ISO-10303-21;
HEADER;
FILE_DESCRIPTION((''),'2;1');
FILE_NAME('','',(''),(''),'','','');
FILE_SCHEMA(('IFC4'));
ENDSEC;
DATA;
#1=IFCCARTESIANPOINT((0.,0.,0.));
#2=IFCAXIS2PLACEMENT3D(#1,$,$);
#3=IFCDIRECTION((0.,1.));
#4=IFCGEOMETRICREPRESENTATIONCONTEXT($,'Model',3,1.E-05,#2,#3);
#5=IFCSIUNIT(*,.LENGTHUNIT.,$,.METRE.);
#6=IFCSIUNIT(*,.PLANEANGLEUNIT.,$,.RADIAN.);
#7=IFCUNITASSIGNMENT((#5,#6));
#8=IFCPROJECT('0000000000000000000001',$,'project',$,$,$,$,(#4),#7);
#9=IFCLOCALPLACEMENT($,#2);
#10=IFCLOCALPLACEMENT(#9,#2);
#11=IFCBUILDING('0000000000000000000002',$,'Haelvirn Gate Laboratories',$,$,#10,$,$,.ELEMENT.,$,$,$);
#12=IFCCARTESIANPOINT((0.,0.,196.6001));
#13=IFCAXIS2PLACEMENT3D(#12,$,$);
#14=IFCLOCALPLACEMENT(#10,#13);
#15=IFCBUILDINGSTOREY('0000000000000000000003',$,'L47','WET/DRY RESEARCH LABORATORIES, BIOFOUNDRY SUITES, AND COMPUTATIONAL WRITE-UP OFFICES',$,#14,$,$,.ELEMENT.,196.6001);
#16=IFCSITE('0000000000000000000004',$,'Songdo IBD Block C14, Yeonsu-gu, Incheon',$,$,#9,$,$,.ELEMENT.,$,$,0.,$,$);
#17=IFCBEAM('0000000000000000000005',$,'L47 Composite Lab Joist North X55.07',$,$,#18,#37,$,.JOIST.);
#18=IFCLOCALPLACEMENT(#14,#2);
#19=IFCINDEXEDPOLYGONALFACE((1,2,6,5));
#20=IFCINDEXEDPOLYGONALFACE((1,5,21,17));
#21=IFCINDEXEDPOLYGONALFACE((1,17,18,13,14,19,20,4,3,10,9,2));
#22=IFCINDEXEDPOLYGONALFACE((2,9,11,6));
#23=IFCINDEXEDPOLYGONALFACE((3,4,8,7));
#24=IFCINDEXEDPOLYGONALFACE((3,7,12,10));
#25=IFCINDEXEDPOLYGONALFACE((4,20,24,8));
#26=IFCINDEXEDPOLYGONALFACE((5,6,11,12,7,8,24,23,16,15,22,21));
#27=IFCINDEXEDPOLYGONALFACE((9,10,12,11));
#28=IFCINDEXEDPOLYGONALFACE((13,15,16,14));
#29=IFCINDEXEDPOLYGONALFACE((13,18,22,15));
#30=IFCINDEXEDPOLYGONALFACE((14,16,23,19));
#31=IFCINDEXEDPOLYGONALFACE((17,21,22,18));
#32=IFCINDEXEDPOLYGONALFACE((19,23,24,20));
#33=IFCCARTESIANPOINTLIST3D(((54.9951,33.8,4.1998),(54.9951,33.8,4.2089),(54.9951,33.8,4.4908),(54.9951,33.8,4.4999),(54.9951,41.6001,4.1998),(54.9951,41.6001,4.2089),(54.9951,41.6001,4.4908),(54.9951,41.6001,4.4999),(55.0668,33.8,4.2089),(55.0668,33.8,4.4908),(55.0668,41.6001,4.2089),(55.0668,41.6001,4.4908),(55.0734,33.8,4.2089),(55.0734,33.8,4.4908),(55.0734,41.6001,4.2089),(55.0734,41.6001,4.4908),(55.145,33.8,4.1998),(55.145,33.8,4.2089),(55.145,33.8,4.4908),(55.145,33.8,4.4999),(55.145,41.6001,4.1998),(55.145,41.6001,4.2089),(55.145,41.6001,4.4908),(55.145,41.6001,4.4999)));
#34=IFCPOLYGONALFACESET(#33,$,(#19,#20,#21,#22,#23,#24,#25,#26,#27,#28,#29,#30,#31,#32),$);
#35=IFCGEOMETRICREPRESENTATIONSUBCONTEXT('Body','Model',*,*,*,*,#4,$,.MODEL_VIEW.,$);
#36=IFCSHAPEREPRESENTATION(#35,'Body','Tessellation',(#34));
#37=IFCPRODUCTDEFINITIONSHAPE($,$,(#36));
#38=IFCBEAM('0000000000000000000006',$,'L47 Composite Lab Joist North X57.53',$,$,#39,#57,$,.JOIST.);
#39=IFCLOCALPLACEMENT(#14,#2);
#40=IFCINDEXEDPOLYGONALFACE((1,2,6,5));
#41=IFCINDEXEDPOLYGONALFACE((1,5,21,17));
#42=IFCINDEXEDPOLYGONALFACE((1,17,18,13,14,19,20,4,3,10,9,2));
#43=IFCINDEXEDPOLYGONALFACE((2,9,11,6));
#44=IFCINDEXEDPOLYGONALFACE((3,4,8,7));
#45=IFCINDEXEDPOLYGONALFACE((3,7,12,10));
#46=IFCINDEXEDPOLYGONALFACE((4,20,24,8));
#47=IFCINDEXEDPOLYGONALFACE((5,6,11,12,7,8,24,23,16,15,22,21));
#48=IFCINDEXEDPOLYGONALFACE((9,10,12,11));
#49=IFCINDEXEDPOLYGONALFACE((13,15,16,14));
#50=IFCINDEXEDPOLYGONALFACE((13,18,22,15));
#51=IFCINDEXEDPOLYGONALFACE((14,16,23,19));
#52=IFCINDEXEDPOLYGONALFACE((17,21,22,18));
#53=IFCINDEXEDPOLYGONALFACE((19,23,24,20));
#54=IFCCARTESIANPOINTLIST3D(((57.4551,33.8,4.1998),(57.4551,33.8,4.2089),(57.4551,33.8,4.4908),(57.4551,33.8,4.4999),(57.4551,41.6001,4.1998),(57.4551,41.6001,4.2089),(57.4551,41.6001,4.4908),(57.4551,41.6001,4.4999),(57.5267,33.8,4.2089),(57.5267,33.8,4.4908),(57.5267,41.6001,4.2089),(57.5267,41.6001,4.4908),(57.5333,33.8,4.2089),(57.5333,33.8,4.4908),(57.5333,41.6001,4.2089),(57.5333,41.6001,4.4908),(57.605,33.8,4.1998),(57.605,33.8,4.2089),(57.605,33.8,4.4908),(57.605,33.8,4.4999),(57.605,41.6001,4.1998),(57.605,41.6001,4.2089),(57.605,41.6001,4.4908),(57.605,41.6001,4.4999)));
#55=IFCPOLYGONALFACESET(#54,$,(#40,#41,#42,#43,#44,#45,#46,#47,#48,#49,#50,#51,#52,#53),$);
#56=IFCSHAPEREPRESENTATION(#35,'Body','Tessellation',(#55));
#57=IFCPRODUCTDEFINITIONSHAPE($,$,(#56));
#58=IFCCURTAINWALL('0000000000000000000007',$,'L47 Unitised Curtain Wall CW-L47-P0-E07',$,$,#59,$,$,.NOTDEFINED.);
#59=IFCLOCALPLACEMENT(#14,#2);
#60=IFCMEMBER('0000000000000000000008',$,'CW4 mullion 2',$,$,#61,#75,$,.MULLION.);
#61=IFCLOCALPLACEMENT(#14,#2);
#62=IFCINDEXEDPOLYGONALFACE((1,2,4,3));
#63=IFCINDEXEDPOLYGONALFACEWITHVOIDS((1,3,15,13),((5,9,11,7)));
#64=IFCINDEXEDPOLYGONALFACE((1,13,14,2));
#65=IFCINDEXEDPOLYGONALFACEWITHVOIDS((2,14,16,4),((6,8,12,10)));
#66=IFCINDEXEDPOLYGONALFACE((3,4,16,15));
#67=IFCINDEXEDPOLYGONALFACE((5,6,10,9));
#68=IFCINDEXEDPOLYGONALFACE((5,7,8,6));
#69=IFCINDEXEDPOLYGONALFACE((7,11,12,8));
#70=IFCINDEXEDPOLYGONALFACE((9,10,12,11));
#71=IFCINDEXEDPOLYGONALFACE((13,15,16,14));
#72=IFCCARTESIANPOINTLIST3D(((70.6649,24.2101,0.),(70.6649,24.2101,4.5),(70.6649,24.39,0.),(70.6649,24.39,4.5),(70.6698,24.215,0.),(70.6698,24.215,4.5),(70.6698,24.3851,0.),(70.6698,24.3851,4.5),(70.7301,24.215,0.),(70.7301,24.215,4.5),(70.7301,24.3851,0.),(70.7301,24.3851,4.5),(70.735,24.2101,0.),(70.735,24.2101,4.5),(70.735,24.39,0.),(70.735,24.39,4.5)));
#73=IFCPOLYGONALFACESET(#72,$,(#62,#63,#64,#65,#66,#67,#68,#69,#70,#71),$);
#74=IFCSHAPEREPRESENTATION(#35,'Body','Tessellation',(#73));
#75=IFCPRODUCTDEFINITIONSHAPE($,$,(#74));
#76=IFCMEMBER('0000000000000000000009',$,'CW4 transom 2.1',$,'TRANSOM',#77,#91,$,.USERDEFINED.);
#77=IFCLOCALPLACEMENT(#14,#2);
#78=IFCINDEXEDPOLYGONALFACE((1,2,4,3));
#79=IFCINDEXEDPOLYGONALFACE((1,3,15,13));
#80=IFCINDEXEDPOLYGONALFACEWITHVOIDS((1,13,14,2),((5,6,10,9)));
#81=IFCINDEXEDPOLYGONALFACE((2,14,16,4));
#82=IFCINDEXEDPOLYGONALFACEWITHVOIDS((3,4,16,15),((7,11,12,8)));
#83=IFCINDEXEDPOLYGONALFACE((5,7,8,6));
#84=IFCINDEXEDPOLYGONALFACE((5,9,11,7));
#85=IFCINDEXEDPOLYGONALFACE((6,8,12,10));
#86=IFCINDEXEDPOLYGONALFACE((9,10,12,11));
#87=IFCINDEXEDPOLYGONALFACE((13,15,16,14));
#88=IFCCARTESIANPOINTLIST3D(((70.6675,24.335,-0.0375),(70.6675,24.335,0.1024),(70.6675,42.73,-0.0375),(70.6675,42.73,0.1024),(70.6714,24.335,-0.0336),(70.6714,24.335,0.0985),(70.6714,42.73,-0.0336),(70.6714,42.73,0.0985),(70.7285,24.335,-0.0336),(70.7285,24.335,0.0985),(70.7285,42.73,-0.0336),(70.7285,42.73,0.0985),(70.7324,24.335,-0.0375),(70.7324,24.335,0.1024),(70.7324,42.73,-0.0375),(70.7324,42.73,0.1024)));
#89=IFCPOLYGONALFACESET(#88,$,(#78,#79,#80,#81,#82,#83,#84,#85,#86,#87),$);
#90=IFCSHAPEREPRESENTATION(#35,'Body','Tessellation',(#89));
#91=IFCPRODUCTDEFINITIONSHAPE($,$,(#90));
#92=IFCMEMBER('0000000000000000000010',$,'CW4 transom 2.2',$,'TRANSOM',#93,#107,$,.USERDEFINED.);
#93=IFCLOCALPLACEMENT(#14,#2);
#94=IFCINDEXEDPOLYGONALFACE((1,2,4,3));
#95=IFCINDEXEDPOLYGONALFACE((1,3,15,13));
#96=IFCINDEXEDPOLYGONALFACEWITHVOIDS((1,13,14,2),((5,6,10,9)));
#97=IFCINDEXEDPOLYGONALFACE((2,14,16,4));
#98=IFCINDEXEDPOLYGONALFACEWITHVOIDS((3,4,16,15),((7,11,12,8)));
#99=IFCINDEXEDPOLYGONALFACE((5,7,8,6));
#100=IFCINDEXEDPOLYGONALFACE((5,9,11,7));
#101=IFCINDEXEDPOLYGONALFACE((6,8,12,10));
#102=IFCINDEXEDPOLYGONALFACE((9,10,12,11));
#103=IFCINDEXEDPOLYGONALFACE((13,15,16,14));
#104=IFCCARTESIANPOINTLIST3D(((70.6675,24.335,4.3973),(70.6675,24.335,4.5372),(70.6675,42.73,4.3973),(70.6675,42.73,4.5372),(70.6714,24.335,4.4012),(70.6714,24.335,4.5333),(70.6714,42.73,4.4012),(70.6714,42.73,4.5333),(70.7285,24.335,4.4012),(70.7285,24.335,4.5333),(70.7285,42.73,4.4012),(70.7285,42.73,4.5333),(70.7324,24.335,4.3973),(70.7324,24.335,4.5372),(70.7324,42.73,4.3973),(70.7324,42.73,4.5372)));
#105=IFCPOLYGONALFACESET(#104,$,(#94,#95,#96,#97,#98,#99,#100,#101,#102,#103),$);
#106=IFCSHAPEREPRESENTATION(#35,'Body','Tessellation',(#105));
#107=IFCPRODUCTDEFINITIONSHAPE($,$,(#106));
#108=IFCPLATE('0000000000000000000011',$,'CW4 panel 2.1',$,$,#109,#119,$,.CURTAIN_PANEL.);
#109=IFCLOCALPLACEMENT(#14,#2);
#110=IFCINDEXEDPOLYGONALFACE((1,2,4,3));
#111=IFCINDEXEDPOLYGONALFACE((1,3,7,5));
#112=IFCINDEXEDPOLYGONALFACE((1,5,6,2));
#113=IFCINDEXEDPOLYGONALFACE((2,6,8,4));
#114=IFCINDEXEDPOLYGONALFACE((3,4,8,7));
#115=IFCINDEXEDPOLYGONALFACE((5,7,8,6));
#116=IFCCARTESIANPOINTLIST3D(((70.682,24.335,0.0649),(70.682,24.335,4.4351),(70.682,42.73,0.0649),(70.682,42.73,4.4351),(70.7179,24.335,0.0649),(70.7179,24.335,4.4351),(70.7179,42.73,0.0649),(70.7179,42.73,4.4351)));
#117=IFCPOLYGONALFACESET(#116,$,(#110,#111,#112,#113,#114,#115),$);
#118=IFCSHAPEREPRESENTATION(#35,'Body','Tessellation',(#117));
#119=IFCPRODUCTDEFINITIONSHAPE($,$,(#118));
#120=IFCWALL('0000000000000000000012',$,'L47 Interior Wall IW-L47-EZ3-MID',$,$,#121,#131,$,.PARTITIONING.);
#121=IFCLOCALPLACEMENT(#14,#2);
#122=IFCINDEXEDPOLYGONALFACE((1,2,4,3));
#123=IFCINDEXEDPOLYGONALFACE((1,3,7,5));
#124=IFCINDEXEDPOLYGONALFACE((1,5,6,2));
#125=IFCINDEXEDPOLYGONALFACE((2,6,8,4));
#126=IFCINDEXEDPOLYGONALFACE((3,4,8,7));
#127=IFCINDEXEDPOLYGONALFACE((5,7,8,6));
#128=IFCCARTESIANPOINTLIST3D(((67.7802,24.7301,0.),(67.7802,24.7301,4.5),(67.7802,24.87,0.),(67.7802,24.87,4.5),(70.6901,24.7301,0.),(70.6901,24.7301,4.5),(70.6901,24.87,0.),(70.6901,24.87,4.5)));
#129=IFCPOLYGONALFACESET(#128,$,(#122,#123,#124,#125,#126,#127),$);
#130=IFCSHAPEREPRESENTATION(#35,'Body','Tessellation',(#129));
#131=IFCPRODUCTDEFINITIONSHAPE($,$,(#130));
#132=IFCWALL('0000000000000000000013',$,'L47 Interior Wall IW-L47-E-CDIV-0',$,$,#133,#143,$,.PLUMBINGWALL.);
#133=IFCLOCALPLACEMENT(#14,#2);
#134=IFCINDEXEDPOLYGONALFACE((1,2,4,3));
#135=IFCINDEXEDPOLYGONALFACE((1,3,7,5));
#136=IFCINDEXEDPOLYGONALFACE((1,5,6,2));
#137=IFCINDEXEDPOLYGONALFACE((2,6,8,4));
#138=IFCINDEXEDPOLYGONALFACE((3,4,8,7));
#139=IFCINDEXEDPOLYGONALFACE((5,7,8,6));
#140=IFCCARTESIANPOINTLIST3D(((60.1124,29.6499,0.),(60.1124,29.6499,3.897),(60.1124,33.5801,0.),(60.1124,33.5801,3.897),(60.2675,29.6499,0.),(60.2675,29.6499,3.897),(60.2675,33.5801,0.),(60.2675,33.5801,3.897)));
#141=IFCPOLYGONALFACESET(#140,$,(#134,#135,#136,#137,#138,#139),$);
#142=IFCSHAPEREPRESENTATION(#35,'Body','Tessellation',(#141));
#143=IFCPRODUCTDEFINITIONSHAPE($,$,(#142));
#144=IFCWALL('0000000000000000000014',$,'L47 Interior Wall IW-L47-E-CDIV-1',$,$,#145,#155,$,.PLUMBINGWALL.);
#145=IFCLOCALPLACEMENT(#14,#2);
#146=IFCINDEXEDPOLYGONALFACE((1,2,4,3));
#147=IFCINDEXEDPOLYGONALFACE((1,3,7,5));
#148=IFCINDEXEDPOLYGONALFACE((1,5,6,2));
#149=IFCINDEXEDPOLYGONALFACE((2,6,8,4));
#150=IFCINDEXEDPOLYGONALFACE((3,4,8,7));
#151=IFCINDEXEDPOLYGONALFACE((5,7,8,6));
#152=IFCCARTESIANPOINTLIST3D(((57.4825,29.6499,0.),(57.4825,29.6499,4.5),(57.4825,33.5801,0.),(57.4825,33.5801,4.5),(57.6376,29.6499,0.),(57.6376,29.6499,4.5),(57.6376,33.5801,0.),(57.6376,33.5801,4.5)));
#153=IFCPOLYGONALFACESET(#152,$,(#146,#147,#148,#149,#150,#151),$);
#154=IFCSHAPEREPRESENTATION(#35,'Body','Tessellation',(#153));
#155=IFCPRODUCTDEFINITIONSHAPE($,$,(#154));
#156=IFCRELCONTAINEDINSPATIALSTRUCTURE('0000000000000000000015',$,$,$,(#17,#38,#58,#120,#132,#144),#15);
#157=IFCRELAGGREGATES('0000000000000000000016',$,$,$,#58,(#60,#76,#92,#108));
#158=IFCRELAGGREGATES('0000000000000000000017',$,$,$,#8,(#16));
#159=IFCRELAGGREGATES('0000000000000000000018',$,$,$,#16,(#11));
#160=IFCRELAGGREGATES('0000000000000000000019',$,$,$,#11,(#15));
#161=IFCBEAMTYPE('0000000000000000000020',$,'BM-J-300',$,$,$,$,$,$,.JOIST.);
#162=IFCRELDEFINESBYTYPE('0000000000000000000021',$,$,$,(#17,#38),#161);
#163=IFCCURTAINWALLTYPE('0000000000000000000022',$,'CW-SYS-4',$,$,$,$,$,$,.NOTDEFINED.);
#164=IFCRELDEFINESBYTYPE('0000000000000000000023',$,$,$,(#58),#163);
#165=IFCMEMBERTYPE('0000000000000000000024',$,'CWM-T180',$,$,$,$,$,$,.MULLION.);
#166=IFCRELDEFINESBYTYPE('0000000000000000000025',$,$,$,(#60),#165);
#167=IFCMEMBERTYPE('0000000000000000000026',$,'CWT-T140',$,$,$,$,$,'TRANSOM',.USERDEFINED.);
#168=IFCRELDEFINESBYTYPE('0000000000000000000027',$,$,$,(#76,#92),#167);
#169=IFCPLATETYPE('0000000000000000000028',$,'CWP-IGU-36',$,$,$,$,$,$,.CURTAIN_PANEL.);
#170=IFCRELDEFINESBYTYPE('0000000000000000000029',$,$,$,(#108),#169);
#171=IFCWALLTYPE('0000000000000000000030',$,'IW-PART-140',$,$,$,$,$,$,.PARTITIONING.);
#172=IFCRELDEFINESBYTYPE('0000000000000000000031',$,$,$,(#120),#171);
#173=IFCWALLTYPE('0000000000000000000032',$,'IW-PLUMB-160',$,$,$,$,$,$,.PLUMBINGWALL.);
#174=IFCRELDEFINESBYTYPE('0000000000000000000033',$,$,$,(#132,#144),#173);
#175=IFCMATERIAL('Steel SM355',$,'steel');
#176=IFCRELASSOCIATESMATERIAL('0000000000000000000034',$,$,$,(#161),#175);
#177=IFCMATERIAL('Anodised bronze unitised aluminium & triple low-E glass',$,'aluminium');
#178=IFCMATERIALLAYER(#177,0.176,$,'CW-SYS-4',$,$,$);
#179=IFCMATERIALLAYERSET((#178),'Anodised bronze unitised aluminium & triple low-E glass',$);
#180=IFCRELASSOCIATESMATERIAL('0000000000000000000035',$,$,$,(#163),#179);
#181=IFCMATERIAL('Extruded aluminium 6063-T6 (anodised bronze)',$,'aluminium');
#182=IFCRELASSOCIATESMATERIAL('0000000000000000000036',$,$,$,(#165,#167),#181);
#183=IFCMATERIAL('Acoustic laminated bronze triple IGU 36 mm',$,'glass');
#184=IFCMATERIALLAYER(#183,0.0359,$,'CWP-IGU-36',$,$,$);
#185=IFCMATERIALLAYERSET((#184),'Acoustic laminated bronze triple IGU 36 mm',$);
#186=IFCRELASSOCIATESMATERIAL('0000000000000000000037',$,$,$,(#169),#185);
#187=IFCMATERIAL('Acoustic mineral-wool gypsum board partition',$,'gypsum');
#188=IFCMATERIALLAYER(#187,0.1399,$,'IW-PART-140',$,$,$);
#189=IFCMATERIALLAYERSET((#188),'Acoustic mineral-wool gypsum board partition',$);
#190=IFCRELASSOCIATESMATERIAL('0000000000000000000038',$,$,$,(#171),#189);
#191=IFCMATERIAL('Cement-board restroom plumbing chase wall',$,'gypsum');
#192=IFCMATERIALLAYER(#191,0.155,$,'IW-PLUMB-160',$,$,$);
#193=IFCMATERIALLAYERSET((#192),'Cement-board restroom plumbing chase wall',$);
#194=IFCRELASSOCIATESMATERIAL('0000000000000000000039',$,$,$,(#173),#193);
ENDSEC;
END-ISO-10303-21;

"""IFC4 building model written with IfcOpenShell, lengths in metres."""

from ifc_helpers import new_model, si_unit, direction, frame, frame_2d, origin, origin_2d, place, context, subcontext, project, spatial, rectangle, hollow_rectangle, i_section, extrude, source, transform, mapped, material, layer, layer_set, material_profile, profile_set, type_object, type_shapes, element, aggregate, save


model = new_model("IFC4")

# Units and contexts
model_context = context("Model", 3, precision=1e-05, world=origin(), true_north=direction((0.0, 1.0)))
body_context = subcontext(model_context, "Body", "Model", "MODEL_VIEW")
ifc_project = project(units=[si_unit("LENGTHUNIT", "METRE"), si_unit("PLANEANGLEUNIT", "RADIAN")], contexts=[model_context])

# Site, building, storey
site_placement = place(None, origin())
site = spatial("IfcSite", under=ifc_project, at=site_placement, Name="Songdo IBD Block C14, Yeonsu-gu, Incheon", CompositionType="ELEMENT", RefElevation=0.0)
building_placement = place(site_placement, origin())
building = spatial("IfcBuilding", under=site, at=building_placement, Name="Haelvirn Gate Laboratories", CompositionType="ELEMENT")
storey_placement = place(building_placement, frame((0.0, 0.0, 196.6001)))
storey = spatial("IfcBuildingStorey", under=building, at=storey_placement, Name="L47", Description="WET/DRY RESEARCH LABORATORIES, BIOFOUNDRY SUITES, AND COMPUTATIONAL WRITE-UP OFFICES", CompositionType="ELEMENT", Elevation=196.6001)

# Beams
ifc_material_1 = material(Name="Steel SM355", Category="steel")
ifc_material_profile_1 = material_profile(ifc_material_1, i_section(OverallWidth=0.1499, OverallDepth=0.3, WebThickness=0.0066, FlangeThickness=0.009, at=origin_2d()), Name="H-300x150x6.5x9")
ifc_profile_set_1 = profile_set([ifc_material_profile_1], Name="Steel SM355")
beam_type = type_object("IfcBeamType", Name="BM-J-300", PredefinedType="JOIST", material=ifc_profile_set_1)
shared_shape_1 = source(origin(), body_context, "Body", "SweptSolid", [
    extrude(i_section(OverallWidth=0.1499, OverallDepth=0.3, WebThickness=0.0066, FlangeThickness=0.009, at=origin_2d()), origin(), (0.0, 0.0, 1.0), 7.8),
])
type_shapes(beam_type, [shared_shape_1])
for number, where, z_axis, x_axis, name in (
    (1, (55.0701, 33.8, 4.3499), (0.0, 1.0, 0.0), (-1.0, 0.0, 0.0), "L47 Composite Lab Joist North X55.07"),
    (2, (57.53, 33.8, 4.3499), (0.0, 1.0, 0.0), (-1.0, 0.0, 0.0), "L47 Composite Lab Joist North X57.53"),
):
    element("IfcBeam", number, at=place(storey_placement, frame(where, z_axis=z_axis, x_axis=x_axis)), inside=storey, type_object=beam_type, Name=name, PredefinedType="JOIST", context=body_context, shape_type="MappedRepresentation", body=[
        mapped(shared_shape_1, transform((0.0, 0.0, 0.0), scale=1.0)),
    ])

# Curtain wall, members, plate
ifc_material_2 = material(Name="Anodised bronze unitised aluminium & triple low-E glass", Category="aluminium")
ifc_layer_1 = layer(ifc_material_2, 0.176, Name="CW-SYS-4")
ifc_layer_set_1 = layer_set([ifc_layer_1], Name="Anodised bronze unitised aluminium & triple low-E glass")
curtain_wall_type = type_object("IfcCurtainWallType", Name="CW-SYS-4", PredefinedType="NOTDEFINED", material=ifc_layer_set_1)
curtain_wall_placement = place(storey_placement, origin())
curtain_wall = element("IfcCurtainWall", 3, at=curtain_wall_placement, inside=storey, type_object=curtain_wall_type, Name="L47 Unitised Curtain Wall CW-L47-P0-E07", PredefinedType="NOTDEFINED")
ifc_material_3 = material(Name="Extruded aluminium 6063-T6 (anodised bronze)", Category="aluminium")
ifc_material_profile_2 = material_profile(ifc_material_3, hollow_rectangle(XDim=0.0701, YDim=0.1799, WallThickness=0.0049, at=origin_2d()), Name="CWM-180x70x5")
ifc_profile_set_2 = profile_set([ifc_material_profile_2], Name="Extruded aluminium 6063-T6 (anodised bronze)")
member_type_1 = type_object("IfcMemberType", Name="CWM-T180", PredefinedType="MULLION", material=ifc_profile_set_2)
shared_shape_2 = source(origin(), body_context, "Body", "SweptSolid", [
    extrude(hollow_rectangle(XDim=0.0701, YDim=0.1799, WallThickness=0.0049, at=origin_2d()), origin(), (0.0, 0.0, 1.0), 4.5),
])
type_shapes(member_type_1, [shared_shape_2])
member_1_placement = place(storey_placement, frame((70.7, 24.3, 0.0), z_axis=(0.0, 0.0, 1.0), x_axis=(-1.0, 0.0, 0.0)))
member_1 = element("IfcMember", 4, at=member_1_placement, type_object=member_type_1, Name="CW4 mullion 2", PredefinedType="MULLION", context=body_context, shape_type="MappedRepresentation", body=[
    mapped(shared_shape_2, transform((0.0, 0.0, 0.0), scale=1.0)),
])
ifc_material_profile_3 = material_profile(ifc_material_3, hollow_rectangle(XDim=0.0649, YDim=0.1399, WallThickness=0.0039, at=origin_2d()), Name="CWT-140x65x4")
ifc_profile_set_3 = profile_set([ifc_material_profile_3], Name="Extruded aluminium 6063-T6 (anodised bronze)")
member_type_2 = type_object("IfcMemberType", Name="CWT-T140", ElementType="TRANSOM", PredefinedType="USERDEFINED", material=ifc_profile_set_3)
shared_shape_3 = source(origin(), body_context, "Body", "SweptSolid", [
    extrude(hollow_rectangle(XDim=0.0649, YDim=0.1399, WallThickness=0.0039, at=origin_2d()), origin(), (0.0, 0.0, 1.0), 18.395),
])
type_shapes(member_type_2, [shared_shape_3])
member_2_placement = place(storey_placement, frame((70.7, 24.335, 0.0325), z_axis=(0.0, 1.0, 0.0), x_axis=(-1.0, 0.0, 0.0)))
member_2 = element("IfcMember", 5, at=member_2_placement, type_object=member_type_2, Name="CW4 transom 2.1", ObjectType="TRANSOM", PredefinedType="USERDEFINED", context=body_context, shape_type="MappedRepresentation", body=[
    mapped(shared_shape_3, transform((0.0, 0.0, 0.0), scale=1.0)),
])
member_3_placement = place(storey_placement, frame((70.7, 24.335, 4.4673), z_axis=(0.0, 1.0, 0.0), x_axis=(-1.0, 0.0, 0.0)))
member_3 = element("IfcMember", 6, at=member_3_placement, type_object=member_type_2, Name="CW4 transom 2.2", ObjectType="TRANSOM", PredefinedType="USERDEFINED", context=body_context, shape_type="MappedRepresentation", body=[
    mapped(shared_shape_3, transform((0.0, 0.0, 0.0), scale=1.0)),
])
ifc_material_4 = material(Name="Acoustic laminated bronze triple IGU 36 mm", Category="glass")
ifc_layer_2 = layer(ifc_material_4, 0.0359, Name="CWP-IGU-36")
ifc_layer_set_2 = layer_set([ifc_layer_2], Name="Acoustic laminated bronze triple IGU 36 mm")
plate_type = type_object("IfcPlateType", Name="CWP-IGU-36", PredefinedType="CURTAIN_PANEL", material=ifc_layer_set_2)
shared_shape_4 = source(origin(), body_context, "Body", "SweptSolid", [
    extrude(rectangle(XDim=18.395, YDim=0.0359, at=origin_2d()), origin(), (0.0, 0.0, 1.0), 4.3701),
])
type_shapes(plate_type, [shared_shape_4])
plate_placement = place(storey_placement, frame((70.7, 33.5325, 0.0649), z_axis=(0.0, 0.0, 1.0), x_axis=(0.0, 1.0, 0.0)))
plate = element("IfcPlate", 7, at=plate_placement, type_object=plate_type, Name="CW4 panel 2.1", PredefinedType="CURTAIN_PANEL", context=body_context, shape_type="MappedRepresentation", body=[
    mapped(shared_shape_4, transform((0.0, 0.0, 0.0), scale=1.0)),
])
aggregate(curtain_wall, [member_1, member_2, member_3, plate])

# Walls
ifc_material_5 = material(Name="Acoustic mineral-wool gypsum board partition", Category="gypsum")
ifc_layer_3 = layer(ifc_material_5, 0.1399, Name="IW-PART-140")
ifc_layer_set_3 = layer_set([ifc_layer_3], Name="Acoustic mineral-wool gypsum board partition")
wall_type_1 = type_object("IfcWallType", Name="IW-PART-140", PredefinedType="PARTITIONING", material=ifc_layer_set_3)
wall_1_placement = place(storey_placement, frame((67.78, 24.8, 0.0), z_axis=(0.0, 0.0, 1.0), x_axis=(1.0, 0.0, 0.0)))
element("IfcWall", 8, at=wall_1_placement, inside=storey, type_object=wall_type_1, Name="L47 Interior Wall IW-L47-EZ3-MID", PredefinedType="PARTITIONING", context=body_context, shape_type="SweptSolid", body=[
    extrude(rectangle(XDim=2.9099, YDim=0.1399, at=frame_2d((1.4551, 0.0))), origin(), (0.0, 0.0, 1.0), 4.5),
])
ifc_material_6 = material(Name="Cement-board restroom plumbing chase wall", Category="gypsum")
ifc_layer_4 = layer(ifc_material_6, 0.155, Name="IW-PLUMB-160")
ifc_layer_set_4 = layer_set([ifc_layer_4], Name="Cement-board restroom plumbing chase wall")
wall_type_2 = type_object("IfcWallType", Name="IW-PLUMB-160", PredefinedType="PLUMBINGWALL", material=ifc_layer_set_4)
wall_2_placement = place(storey_placement, frame((60.1899, 29.6499, 0.0), z_axis=(0.0, 0.0, 1.0), x_axis=(0.0, 1.0, 0.0)))
element("IfcWall", 9, at=wall_2_placement, inside=storey, type_object=wall_type_2, Name="L47 Interior Wall IW-L47-E-CDIV-0", PredefinedType="PLUMBINGWALL", context=body_context, shape_type="SweptSolid", body=[
    extrude(rectangle(XDim=3.9302, YDim=0.155, at=frame_2d((1.9651, 0.0))), origin(), (0.0, 0.0, 1.0), 3.897),
])
wall_3_placement = place(storey_placement, frame((57.5601, 29.6499, 0.0), z_axis=(0.0, 0.0, 1.0), x_axis=(0.0, 1.0, 0.0)))
element("IfcWall", 10, at=wall_3_placement, inside=storey, type_object=wall_type_2, Name="L47 Interior Wall IW-L47-E-CDIV-1", PredefinedType="PLUMBINGWALL", context=body_context, shape_type="SweptSolid", body=[
    extrude(rectangle(XDim=3.9302, YDim=0.155, at=frame_2d((1.9651, 0.0))), origin(), (0.0, 0.0, 1.0), 4.5),
])

save(model, "model.ifc")
